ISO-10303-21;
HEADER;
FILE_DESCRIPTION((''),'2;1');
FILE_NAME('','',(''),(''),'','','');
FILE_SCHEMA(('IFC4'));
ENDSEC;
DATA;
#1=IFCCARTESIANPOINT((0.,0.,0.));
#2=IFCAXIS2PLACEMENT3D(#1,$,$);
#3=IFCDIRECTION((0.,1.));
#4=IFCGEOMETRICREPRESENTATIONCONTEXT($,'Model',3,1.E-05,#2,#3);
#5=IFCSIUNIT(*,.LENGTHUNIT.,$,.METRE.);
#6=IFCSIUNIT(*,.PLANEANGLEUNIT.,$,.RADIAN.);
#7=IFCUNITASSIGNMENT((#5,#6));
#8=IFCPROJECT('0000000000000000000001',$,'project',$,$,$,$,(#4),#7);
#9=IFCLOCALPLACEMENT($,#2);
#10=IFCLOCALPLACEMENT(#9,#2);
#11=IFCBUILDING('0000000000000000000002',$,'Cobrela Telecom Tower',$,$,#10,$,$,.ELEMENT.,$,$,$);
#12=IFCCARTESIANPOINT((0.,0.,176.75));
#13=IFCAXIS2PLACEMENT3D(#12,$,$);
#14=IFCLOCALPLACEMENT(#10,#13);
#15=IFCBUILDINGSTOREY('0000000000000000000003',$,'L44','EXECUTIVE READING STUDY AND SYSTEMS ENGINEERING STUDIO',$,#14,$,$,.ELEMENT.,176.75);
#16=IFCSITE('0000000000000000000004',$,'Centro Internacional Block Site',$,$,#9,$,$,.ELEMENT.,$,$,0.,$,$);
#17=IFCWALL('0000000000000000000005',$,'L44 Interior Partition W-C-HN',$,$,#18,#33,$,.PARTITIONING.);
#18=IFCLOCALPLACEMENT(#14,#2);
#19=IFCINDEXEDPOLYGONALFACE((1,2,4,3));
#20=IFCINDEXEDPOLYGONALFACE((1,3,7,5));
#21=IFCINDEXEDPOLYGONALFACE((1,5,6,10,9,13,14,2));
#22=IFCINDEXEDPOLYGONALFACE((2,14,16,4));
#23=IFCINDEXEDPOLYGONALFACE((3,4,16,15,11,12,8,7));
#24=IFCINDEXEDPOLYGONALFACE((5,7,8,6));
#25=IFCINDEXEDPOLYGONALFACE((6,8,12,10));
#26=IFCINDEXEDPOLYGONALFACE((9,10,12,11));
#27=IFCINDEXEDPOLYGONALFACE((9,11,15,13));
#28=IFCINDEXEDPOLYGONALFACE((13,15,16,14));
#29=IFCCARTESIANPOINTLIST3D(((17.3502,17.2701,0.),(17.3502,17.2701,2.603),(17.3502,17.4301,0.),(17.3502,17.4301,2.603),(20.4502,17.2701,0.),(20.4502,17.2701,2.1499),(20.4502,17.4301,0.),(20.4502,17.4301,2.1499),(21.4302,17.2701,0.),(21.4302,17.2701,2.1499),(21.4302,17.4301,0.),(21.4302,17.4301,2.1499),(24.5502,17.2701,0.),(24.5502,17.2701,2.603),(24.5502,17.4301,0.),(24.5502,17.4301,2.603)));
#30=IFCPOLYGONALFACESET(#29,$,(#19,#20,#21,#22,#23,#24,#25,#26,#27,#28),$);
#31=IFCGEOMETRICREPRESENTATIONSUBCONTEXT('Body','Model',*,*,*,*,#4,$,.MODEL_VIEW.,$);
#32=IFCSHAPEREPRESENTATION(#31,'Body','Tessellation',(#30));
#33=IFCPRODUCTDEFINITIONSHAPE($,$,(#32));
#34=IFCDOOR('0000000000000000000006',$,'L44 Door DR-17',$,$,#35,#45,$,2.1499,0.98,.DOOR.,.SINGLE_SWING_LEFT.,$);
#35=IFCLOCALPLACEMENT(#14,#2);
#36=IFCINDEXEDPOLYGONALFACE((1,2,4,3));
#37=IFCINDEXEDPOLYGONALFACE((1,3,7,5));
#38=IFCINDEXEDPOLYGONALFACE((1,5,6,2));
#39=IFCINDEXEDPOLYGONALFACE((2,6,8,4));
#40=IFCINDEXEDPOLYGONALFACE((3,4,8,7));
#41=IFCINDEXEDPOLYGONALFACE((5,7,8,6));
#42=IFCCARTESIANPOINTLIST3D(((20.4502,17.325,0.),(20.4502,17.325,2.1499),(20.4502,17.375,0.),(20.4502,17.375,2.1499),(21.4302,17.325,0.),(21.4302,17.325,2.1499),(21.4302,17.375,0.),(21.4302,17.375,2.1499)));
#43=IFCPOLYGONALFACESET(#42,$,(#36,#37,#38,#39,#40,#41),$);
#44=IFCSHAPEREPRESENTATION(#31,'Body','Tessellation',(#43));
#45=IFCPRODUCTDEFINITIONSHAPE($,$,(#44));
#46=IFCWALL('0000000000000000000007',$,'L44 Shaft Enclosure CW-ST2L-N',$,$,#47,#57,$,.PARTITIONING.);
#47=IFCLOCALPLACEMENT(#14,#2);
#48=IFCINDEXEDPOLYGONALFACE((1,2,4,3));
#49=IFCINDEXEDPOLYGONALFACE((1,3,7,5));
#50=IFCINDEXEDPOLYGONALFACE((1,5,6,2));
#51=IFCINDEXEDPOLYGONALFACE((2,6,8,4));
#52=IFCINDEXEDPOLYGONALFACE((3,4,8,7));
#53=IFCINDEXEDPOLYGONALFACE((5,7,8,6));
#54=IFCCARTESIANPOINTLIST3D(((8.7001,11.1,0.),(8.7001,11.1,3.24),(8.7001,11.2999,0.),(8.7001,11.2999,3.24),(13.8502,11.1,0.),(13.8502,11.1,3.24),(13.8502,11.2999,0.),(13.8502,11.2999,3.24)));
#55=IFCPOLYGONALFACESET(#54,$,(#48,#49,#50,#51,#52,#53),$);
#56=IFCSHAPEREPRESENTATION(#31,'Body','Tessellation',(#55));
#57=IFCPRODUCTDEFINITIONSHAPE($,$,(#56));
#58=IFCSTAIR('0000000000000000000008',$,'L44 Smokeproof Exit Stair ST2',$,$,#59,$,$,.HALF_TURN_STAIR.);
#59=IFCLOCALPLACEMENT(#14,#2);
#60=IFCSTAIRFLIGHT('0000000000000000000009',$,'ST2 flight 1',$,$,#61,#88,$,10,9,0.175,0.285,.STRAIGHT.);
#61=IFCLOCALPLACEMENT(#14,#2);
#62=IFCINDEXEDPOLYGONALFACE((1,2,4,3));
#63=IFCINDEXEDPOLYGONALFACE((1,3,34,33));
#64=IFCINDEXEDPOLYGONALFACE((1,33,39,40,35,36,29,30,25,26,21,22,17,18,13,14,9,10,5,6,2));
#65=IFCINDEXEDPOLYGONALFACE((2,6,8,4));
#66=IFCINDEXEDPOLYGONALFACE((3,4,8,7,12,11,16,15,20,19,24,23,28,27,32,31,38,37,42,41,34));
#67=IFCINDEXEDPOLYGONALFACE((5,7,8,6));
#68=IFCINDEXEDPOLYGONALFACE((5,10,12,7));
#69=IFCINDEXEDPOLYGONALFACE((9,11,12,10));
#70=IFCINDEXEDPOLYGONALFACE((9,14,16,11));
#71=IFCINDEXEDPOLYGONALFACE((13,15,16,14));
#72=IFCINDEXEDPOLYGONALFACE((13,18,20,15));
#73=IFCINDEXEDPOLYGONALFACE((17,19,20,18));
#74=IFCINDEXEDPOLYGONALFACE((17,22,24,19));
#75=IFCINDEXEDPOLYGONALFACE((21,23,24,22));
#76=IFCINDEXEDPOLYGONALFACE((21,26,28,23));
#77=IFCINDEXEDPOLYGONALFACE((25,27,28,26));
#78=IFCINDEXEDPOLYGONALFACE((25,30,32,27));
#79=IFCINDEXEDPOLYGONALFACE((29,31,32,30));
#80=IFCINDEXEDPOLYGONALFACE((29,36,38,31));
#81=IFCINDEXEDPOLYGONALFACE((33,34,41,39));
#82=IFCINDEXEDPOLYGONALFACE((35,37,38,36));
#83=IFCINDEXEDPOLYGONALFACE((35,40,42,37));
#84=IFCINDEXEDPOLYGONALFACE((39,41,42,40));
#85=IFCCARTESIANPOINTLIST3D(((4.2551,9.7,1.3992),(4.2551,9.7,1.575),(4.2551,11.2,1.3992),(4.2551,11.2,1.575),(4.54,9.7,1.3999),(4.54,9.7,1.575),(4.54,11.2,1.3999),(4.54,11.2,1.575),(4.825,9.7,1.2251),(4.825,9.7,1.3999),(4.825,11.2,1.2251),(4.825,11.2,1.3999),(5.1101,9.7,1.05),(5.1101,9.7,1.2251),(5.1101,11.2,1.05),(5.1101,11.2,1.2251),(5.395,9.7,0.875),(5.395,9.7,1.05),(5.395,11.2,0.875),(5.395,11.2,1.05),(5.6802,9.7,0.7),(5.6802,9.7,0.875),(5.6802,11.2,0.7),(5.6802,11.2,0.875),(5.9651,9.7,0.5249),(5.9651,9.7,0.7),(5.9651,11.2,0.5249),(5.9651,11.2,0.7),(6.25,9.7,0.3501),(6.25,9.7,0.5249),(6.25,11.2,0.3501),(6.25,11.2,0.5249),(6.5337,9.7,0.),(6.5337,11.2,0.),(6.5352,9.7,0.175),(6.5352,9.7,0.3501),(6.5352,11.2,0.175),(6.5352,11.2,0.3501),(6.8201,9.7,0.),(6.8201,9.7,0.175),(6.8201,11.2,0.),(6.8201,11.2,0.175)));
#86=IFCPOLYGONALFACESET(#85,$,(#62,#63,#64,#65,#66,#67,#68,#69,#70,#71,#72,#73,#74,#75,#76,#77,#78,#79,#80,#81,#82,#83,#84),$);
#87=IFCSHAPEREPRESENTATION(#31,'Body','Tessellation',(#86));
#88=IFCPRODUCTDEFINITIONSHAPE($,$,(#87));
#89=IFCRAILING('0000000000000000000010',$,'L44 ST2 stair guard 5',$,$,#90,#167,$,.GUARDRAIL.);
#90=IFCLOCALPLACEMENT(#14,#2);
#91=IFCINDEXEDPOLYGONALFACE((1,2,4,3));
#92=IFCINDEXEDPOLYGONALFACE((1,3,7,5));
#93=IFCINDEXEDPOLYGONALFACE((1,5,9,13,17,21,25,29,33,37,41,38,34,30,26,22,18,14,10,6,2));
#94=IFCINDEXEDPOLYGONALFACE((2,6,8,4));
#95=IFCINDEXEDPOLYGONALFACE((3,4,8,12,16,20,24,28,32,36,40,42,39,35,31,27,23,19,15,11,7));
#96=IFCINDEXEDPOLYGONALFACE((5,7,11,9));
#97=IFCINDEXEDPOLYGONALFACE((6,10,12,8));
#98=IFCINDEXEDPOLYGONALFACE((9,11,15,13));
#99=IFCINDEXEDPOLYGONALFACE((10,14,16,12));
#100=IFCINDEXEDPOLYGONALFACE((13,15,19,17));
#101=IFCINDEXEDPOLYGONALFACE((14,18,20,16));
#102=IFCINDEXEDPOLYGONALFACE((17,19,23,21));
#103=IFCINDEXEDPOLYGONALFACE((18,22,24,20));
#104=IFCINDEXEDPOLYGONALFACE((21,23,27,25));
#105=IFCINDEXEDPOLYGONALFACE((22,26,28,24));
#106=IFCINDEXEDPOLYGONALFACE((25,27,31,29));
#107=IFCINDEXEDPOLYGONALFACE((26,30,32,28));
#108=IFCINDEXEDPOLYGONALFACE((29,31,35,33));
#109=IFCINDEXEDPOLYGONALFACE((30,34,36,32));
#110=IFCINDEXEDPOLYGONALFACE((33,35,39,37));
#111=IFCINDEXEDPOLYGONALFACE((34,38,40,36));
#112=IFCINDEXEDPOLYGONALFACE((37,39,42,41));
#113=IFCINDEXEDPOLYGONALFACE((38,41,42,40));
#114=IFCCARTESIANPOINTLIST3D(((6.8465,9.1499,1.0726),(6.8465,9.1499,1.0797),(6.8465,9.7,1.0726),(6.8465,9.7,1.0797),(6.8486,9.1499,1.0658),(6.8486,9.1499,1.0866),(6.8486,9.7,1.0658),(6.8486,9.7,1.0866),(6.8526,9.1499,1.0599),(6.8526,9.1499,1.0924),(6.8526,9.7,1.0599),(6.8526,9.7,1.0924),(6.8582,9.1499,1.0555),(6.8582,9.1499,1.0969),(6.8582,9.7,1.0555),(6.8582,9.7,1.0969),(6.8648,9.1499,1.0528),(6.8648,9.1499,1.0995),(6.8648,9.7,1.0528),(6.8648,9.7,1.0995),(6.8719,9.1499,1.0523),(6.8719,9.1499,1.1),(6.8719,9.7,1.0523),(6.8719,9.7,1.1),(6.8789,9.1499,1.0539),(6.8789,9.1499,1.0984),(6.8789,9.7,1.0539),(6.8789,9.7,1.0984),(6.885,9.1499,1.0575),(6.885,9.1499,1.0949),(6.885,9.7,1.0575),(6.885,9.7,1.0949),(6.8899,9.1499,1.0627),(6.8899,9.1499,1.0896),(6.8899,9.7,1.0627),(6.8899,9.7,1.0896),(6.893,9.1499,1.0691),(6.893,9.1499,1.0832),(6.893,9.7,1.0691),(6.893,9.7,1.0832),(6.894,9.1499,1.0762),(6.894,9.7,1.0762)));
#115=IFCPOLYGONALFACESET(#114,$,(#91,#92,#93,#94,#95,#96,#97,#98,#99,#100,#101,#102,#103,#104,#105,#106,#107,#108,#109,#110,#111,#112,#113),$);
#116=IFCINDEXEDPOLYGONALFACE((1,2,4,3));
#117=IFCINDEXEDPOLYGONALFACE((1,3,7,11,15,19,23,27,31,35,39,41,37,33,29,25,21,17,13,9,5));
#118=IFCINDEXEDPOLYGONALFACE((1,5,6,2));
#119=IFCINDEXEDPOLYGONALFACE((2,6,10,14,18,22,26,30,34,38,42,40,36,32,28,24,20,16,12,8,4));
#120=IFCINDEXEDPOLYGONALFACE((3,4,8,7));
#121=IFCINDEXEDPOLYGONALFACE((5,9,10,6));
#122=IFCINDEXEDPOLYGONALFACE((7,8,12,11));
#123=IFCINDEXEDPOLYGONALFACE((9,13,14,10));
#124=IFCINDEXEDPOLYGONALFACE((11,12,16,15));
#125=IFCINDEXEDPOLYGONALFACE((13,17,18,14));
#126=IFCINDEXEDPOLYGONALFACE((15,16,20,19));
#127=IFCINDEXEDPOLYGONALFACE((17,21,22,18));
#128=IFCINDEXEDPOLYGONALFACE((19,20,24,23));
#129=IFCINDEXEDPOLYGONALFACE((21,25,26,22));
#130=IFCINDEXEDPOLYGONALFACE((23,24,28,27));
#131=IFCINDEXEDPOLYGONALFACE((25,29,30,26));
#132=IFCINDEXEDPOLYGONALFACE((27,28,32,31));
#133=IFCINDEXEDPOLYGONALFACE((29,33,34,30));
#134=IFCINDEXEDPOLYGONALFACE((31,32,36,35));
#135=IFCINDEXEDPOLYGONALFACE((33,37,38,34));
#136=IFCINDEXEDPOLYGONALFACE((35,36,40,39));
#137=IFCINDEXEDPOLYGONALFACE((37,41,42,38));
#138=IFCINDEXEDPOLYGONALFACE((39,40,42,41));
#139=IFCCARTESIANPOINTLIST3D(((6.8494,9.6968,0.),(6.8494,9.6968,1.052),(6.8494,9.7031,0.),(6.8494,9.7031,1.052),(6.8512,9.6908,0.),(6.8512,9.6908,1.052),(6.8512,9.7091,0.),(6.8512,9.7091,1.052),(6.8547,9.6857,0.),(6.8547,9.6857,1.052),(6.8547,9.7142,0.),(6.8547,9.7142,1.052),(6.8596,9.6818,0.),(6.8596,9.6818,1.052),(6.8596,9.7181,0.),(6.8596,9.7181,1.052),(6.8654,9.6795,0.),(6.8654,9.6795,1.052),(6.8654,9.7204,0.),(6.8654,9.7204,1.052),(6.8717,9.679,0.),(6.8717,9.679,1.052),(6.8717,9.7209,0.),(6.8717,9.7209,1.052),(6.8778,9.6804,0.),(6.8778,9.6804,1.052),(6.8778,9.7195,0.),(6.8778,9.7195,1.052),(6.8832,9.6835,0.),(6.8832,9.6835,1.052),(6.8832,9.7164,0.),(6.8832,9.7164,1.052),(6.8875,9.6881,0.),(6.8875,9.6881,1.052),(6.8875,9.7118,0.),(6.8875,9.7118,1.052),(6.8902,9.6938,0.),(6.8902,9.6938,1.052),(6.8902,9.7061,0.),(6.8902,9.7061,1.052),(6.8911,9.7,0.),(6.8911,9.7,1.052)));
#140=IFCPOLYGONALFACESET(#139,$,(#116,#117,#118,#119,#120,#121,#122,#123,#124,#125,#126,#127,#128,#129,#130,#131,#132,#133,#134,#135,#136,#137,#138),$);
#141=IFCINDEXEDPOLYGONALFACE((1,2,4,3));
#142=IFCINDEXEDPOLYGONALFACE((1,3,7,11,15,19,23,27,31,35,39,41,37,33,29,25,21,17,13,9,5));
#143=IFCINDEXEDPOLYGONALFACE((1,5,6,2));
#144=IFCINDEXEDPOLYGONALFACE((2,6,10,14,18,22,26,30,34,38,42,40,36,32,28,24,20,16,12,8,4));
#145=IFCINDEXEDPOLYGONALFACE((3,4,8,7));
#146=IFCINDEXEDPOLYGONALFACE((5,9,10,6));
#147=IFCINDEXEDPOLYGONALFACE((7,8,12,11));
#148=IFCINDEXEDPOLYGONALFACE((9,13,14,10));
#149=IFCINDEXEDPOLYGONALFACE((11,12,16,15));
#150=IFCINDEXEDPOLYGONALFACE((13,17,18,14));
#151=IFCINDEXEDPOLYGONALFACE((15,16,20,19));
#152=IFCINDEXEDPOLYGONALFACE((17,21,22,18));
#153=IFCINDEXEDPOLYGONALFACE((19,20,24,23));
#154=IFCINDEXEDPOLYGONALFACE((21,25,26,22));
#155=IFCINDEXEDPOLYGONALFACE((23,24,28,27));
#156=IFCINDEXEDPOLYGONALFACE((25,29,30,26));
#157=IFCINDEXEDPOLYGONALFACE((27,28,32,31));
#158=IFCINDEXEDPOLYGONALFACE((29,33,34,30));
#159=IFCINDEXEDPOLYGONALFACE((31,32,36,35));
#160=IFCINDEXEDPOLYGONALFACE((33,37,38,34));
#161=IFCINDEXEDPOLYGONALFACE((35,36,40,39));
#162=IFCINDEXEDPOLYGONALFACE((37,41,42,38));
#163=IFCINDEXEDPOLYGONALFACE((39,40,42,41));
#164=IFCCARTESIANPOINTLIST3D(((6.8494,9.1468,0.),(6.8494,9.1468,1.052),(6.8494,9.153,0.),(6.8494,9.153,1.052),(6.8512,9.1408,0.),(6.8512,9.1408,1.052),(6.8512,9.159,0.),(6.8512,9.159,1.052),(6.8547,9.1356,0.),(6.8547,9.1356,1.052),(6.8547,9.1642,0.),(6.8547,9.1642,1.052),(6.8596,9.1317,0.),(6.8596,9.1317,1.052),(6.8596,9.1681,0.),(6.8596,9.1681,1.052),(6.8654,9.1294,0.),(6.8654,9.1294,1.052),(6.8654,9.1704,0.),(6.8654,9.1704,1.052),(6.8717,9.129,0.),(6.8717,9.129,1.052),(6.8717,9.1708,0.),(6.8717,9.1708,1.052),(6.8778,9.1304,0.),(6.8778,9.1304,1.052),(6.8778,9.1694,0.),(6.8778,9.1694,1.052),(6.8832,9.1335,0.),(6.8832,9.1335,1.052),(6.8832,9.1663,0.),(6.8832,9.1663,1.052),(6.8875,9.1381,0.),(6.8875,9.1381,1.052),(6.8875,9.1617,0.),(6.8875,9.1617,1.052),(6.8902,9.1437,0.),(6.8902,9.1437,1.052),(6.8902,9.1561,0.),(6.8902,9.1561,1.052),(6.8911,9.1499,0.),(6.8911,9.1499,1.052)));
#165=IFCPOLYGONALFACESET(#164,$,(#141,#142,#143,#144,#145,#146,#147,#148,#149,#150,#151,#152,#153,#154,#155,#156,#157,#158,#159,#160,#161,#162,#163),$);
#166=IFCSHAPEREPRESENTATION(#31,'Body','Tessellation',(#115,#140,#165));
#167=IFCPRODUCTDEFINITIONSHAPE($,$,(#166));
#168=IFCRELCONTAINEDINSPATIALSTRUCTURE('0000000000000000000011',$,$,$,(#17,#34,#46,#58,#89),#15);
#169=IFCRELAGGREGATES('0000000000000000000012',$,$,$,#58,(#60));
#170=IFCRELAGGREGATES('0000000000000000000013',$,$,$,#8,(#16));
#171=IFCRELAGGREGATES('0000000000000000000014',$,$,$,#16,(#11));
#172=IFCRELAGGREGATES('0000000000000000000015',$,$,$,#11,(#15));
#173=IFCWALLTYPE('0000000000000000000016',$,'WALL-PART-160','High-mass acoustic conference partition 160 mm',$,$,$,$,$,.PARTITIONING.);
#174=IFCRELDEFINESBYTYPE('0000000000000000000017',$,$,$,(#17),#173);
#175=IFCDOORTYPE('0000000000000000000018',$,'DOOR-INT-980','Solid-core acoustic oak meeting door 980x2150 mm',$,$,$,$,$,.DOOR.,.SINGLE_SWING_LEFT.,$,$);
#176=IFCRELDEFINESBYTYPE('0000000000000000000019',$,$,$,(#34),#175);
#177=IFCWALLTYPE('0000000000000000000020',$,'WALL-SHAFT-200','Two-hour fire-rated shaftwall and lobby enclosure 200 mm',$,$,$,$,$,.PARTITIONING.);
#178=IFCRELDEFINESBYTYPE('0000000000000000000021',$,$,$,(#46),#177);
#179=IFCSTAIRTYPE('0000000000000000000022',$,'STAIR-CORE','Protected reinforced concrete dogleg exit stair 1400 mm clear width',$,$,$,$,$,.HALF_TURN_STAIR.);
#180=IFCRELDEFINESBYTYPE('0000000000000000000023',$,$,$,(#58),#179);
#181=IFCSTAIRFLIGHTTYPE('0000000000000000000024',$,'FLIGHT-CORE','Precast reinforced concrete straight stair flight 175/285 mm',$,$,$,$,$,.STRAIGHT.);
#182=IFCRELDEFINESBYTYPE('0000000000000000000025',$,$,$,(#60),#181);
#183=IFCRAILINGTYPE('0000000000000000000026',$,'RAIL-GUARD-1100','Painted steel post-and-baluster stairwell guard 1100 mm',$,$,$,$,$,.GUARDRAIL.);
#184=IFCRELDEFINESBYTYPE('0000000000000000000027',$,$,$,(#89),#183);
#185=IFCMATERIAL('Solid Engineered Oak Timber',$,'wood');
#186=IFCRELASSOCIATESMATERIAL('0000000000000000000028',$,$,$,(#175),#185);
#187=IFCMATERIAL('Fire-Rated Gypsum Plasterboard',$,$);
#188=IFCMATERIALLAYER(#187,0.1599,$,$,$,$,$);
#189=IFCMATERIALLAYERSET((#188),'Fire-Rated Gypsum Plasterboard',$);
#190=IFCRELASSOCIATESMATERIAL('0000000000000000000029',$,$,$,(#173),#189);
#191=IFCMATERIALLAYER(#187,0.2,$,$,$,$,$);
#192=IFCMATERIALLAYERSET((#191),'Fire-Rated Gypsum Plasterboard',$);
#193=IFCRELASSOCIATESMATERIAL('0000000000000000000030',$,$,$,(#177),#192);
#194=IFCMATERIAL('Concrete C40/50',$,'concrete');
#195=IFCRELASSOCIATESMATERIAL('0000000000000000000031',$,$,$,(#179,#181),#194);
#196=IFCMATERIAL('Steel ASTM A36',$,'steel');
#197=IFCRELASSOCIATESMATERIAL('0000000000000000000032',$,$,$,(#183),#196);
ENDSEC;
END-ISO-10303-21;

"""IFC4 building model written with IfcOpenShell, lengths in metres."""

from ifc_helpers import new_model, si_unit, direction, frame, frame_2d, origin, origin_2d, place, context, subcontext, project, spatial, polyline, rectangle, circle, outline, extrude, material, layer, layer_set, type_object, element, fill, aggregate, save


model = new_model("IFC4")

# Units and contexts
model_context = context("Model", 3, precision=1e-05, world=origin(), true_north=direction((0.0, 1.0)))
body_context = subcontext(model_context, "Body", "Model", "MODEL_VIEW")
ifc_project = project(units=[si_unit("LENGTHUNIT", "METRE"), si_unit("PLANEANGLEUNIT", "RADIAN")], contexts=[model_context])

# Site, building, storey
site_placement = place(None, origin())
site = spatial("IfcSite", under=ifc_project, at=site_placement, Name="Centro Internacional Block Site", CompositionType="ELEMENT", RefElevation=0.0)
building_placement = place(site_placement, origin())
building = spatial("IfcBuilding", under=site, at=building_placement, Name="Cobrela Telecom Tower", CompositionType="ELEMENT")
storey_placement = place(building_placement, frame((0.0, 0.0, 176.75)))
storey = spatial("IfcBuildingStorey", under=building, at=storey_placement, Name="L44", Description="EXECUTIVE READING STUDY AND SYSTEMS ENGINEERING STUDIO", CompositionType="ELEMENT", Elevation=176.75)

# Shared definitions
ifc_material_1 = material(Name="Fire-Rated Gypsum Plasterboard")
ifc_material_2 = material(Name="Solid Engineered Oak Timber", Category="wood")
door_type_1 = type_object("IfcDoorType", Name="DOOR-INT-980", Description="Solid-core acoustic oak meeting door 980x2150 mm", OperationType="SINGLE_SWING_LEFT", PredefinedType="DOOR", material=ifc_material_2)

# Wall, opening, door
ifc_layer_1 = layer(ifc_material_1, 0.1599)
ifc_layer_set_1 = layer_set([ifc_layer_1], Name="Fire-Rated Gypsum Plasterboard")
wall_type_1 = type_object("IfcWallType", Name="WALL-PART-160", Description="High-mass acoustic conference partition 160 mm", PredefinedType="PARTITIONING", material=ifc_layer_set_1)
wall_1_placement = place(storey_placement, frame((17.3501, 17.3501, 0.0), z_axis=(0.0, 0.0, 1.0), x_axis=(1.0, 0.0, 0.0)))
wall_1 = element("IfcWall", 1, at=wall_1_placement, inside=storey, type_object=wall_type_1, Name="L44 Interior Partition W-C-HN", PredefinedType="PARTITIONING", context=body_context, shape_type="SweptSolid", body=[
    extrude(rectangle(XDim=7.2, YDim=0.1599, at=frame_2d((3.6001, 0.0))), origin(), (0.0, 0.0, 1.0), 2.603),
])
opening_1_placement = place(wall_1_placement, frame((3.1001, 0.0, 0.0)))
opening_1 = element("IfcOpeningElement", 2, at=opening_1_placement, cuts=wall_1, PredefinedType="OPENING", context=body_context, shape_type="SweptSolid", body=[
    extrude(rectangle(XDim=0.98, YDim=2.1499, at=frame_2d((0.49, 1.075))), frame((0.0, 0.0918, 0.0), z_axis=(0.0, -1.0, 0.0), x_axis=(1.0, 0.0, 0.0)), (0.0, 0.0, 1.0), 0.1838),
])
door_1_placement = place(opening_1_placement, origin())
door_1 = element("IfcDoor", 3, at=door_1_placement, inside=storey, type_object=door_type_1, Name="L44 Door DR-17", OperationType="SINGLE_SWING_LEFT", OverallHeight=2.1499, OverallWidth=0.98, PredefinedType="DOOR", context=body_context, shape_type="SweptSolid", body=[
    extrude(rectangle(XDim=0.98, YDim=2.1499, at=frame_2d((0.49, 1.075))), frame((0.0, 0.0249, 0.0), z_axis=(0.0, -1.0, 0.0), x_axis=(1.0, 0.0, 0.0)), (0.0, 0.0, 1.0), 0.05),
])
fill(opening_1, door_1)

# Wall
ifc_layer_2 = layer(ifc_material_1, 0.2)
ifc_layer_set_2 = layer_set([ifc_layer_2], Name="Fire-Rated Gypsum Plasterboard")
wall_type_2 = type_object("IfcWallType", Name="WALL-SHAFT-200", Description="Two-hour fire-rated shaftwall and lobby enclosure 200 mm", PredefinedType="PARTITIONING", material=ifc_layer_set_2)
wall_2_placement = place(storey_placement, frame((8.7, 11.2, 0.0), z_axis=(0.0, 0.0, 1.0), x_axis=(1.0, 0.0, 0.0)))
element("IfcWall", 4, at=wall_2_placement, inside=storey, type_object=wall_type_2, Name="L44 Shaft Enclosure CW-ST2L-N", PredefinedType="PARTITIONING", context=body_context, shape_type="SweptSolid", body=[
    extrude(rectangle(XDim=5.1501, YDim=0.2, at=frame_2d((2.5752, 0.0))), origin(), (0.0, 0.0, 1.0), 3.24),
])

# Stair, stair flight
ifc_material_3 = material(Name="Concrete C40/50", Category="concrete")
stair_type = type_object("IfcStairType", Name="STAIR-CORE", Description="Protected reinforced concrete dogleg exit stair 1400 mm clear width", PredefinedType="HALF_TURN_STAIR", material=ifc_material_3)
stair_placement = place(storey_placement, origin())
stair = element("IfcStair", 5, at=stair_placement, inside=storey, type_object=stair_type, Name="L44 Smokeproof Exit Stair ST2", PredefinedType="HALF_TURN_STAIR")
stair_flight_type = type_object("IfcStairFlightType", Name="FLIGHT-CORE", Description="Precast reinforced concrete straight stair flight 175/285 mm", PredefinedType="STRAIGHT", material=ifc_material_3)
stair_flight_placement = place(storey_placement, frame((6.8201, 10.45, 0.0), z_axis=(0.0, 0.0, 1.0), x_axis=(-1.0, 0.0, 0.0)))
stair_flight = element("IfcStairFlight", 6, at=stair_flight_placement, type_object=stair_flight_type, Name="ST2 flight 1", NumberOfRisers=10, NumberOfTreads=9, PredefinedType="STRAIGHT", RiserHeight=0.175, TreadLength=0.285, context=body_context, shape_type="SweptSolid", body=[
    extrude(outline(polyline([(0.0, 0.0), (0.0, 0.175), (0.2849, 0.175), (0.2849, 0.3501), (0.5701, 0.3501), (0.5701, 0.5249), (0.855, 0.5249), (0.855, 0.7), (1.1399, 0.7), (1.1399, 0.875), (1.425, 0.875), (1.425, 1.05), (1.71, 1.05), (1.71, 1.2251), (1.9951, 1.2251), (1.9951, 1.3999), (2.28, 1.3999), (2.28, 1.575), (2.5649, 1.575), (2.5649, 1.75), (2.5649, 1.3992), (0.2864, 0.0), (0.0, 0.0)])), frame((0.0, 0.75, 0.0), z_axis=(0.0, -1.0, 0.0), x_axis=(1.0, 0.0, 0.0)), (0.0, 0.0, 1.0), 1.5),
])
aggregate(stair, [stair_flight])

# Railing
ifc_material_4 = material(Name="Steel ASTM A36", Category="steel")
railing_type_1 = type_object("IfcRailingType", Name="RAIL-GUARD-1100", Description="Painted steel post-and-baluster stairwell guard 1100 mm", PredefinedType="GUARDRAIL", material=ifc_material_4)
railing_1_placement = place(storey_placement, frame((6.8701, 9.7, 0.0)))
element("IfcRailing", 7, at=railing_1_placement, inside=storey, type_object=railing_type_1, Name="L44 ST2 stair guard 5", PredefinedType="GUARDRAIL", context=body_context, shape_type="SweptSolid", body=[
    extrude(circle(Radius=0.0239, at=origin_2d()), frame((0.0, 0.0, 1.0762), z_axis=(0.0, -1.0, 0.0), x_axis=(1.0, 0.0, 0.0)), (0.0, 0.0, 1.0), 0.55),
    extrude(circle(Radius=0.021, at=origin_2d()), origin(), (0.0, 0.0, 1.0), 1.052),
    extrude(circle(Radius=0.021, at=origin_2d()), frame((0.0, -0.55, 0.0)), (0.0, 0.0, 1.0), 1.052),
])

save(model, "model.ifc")
